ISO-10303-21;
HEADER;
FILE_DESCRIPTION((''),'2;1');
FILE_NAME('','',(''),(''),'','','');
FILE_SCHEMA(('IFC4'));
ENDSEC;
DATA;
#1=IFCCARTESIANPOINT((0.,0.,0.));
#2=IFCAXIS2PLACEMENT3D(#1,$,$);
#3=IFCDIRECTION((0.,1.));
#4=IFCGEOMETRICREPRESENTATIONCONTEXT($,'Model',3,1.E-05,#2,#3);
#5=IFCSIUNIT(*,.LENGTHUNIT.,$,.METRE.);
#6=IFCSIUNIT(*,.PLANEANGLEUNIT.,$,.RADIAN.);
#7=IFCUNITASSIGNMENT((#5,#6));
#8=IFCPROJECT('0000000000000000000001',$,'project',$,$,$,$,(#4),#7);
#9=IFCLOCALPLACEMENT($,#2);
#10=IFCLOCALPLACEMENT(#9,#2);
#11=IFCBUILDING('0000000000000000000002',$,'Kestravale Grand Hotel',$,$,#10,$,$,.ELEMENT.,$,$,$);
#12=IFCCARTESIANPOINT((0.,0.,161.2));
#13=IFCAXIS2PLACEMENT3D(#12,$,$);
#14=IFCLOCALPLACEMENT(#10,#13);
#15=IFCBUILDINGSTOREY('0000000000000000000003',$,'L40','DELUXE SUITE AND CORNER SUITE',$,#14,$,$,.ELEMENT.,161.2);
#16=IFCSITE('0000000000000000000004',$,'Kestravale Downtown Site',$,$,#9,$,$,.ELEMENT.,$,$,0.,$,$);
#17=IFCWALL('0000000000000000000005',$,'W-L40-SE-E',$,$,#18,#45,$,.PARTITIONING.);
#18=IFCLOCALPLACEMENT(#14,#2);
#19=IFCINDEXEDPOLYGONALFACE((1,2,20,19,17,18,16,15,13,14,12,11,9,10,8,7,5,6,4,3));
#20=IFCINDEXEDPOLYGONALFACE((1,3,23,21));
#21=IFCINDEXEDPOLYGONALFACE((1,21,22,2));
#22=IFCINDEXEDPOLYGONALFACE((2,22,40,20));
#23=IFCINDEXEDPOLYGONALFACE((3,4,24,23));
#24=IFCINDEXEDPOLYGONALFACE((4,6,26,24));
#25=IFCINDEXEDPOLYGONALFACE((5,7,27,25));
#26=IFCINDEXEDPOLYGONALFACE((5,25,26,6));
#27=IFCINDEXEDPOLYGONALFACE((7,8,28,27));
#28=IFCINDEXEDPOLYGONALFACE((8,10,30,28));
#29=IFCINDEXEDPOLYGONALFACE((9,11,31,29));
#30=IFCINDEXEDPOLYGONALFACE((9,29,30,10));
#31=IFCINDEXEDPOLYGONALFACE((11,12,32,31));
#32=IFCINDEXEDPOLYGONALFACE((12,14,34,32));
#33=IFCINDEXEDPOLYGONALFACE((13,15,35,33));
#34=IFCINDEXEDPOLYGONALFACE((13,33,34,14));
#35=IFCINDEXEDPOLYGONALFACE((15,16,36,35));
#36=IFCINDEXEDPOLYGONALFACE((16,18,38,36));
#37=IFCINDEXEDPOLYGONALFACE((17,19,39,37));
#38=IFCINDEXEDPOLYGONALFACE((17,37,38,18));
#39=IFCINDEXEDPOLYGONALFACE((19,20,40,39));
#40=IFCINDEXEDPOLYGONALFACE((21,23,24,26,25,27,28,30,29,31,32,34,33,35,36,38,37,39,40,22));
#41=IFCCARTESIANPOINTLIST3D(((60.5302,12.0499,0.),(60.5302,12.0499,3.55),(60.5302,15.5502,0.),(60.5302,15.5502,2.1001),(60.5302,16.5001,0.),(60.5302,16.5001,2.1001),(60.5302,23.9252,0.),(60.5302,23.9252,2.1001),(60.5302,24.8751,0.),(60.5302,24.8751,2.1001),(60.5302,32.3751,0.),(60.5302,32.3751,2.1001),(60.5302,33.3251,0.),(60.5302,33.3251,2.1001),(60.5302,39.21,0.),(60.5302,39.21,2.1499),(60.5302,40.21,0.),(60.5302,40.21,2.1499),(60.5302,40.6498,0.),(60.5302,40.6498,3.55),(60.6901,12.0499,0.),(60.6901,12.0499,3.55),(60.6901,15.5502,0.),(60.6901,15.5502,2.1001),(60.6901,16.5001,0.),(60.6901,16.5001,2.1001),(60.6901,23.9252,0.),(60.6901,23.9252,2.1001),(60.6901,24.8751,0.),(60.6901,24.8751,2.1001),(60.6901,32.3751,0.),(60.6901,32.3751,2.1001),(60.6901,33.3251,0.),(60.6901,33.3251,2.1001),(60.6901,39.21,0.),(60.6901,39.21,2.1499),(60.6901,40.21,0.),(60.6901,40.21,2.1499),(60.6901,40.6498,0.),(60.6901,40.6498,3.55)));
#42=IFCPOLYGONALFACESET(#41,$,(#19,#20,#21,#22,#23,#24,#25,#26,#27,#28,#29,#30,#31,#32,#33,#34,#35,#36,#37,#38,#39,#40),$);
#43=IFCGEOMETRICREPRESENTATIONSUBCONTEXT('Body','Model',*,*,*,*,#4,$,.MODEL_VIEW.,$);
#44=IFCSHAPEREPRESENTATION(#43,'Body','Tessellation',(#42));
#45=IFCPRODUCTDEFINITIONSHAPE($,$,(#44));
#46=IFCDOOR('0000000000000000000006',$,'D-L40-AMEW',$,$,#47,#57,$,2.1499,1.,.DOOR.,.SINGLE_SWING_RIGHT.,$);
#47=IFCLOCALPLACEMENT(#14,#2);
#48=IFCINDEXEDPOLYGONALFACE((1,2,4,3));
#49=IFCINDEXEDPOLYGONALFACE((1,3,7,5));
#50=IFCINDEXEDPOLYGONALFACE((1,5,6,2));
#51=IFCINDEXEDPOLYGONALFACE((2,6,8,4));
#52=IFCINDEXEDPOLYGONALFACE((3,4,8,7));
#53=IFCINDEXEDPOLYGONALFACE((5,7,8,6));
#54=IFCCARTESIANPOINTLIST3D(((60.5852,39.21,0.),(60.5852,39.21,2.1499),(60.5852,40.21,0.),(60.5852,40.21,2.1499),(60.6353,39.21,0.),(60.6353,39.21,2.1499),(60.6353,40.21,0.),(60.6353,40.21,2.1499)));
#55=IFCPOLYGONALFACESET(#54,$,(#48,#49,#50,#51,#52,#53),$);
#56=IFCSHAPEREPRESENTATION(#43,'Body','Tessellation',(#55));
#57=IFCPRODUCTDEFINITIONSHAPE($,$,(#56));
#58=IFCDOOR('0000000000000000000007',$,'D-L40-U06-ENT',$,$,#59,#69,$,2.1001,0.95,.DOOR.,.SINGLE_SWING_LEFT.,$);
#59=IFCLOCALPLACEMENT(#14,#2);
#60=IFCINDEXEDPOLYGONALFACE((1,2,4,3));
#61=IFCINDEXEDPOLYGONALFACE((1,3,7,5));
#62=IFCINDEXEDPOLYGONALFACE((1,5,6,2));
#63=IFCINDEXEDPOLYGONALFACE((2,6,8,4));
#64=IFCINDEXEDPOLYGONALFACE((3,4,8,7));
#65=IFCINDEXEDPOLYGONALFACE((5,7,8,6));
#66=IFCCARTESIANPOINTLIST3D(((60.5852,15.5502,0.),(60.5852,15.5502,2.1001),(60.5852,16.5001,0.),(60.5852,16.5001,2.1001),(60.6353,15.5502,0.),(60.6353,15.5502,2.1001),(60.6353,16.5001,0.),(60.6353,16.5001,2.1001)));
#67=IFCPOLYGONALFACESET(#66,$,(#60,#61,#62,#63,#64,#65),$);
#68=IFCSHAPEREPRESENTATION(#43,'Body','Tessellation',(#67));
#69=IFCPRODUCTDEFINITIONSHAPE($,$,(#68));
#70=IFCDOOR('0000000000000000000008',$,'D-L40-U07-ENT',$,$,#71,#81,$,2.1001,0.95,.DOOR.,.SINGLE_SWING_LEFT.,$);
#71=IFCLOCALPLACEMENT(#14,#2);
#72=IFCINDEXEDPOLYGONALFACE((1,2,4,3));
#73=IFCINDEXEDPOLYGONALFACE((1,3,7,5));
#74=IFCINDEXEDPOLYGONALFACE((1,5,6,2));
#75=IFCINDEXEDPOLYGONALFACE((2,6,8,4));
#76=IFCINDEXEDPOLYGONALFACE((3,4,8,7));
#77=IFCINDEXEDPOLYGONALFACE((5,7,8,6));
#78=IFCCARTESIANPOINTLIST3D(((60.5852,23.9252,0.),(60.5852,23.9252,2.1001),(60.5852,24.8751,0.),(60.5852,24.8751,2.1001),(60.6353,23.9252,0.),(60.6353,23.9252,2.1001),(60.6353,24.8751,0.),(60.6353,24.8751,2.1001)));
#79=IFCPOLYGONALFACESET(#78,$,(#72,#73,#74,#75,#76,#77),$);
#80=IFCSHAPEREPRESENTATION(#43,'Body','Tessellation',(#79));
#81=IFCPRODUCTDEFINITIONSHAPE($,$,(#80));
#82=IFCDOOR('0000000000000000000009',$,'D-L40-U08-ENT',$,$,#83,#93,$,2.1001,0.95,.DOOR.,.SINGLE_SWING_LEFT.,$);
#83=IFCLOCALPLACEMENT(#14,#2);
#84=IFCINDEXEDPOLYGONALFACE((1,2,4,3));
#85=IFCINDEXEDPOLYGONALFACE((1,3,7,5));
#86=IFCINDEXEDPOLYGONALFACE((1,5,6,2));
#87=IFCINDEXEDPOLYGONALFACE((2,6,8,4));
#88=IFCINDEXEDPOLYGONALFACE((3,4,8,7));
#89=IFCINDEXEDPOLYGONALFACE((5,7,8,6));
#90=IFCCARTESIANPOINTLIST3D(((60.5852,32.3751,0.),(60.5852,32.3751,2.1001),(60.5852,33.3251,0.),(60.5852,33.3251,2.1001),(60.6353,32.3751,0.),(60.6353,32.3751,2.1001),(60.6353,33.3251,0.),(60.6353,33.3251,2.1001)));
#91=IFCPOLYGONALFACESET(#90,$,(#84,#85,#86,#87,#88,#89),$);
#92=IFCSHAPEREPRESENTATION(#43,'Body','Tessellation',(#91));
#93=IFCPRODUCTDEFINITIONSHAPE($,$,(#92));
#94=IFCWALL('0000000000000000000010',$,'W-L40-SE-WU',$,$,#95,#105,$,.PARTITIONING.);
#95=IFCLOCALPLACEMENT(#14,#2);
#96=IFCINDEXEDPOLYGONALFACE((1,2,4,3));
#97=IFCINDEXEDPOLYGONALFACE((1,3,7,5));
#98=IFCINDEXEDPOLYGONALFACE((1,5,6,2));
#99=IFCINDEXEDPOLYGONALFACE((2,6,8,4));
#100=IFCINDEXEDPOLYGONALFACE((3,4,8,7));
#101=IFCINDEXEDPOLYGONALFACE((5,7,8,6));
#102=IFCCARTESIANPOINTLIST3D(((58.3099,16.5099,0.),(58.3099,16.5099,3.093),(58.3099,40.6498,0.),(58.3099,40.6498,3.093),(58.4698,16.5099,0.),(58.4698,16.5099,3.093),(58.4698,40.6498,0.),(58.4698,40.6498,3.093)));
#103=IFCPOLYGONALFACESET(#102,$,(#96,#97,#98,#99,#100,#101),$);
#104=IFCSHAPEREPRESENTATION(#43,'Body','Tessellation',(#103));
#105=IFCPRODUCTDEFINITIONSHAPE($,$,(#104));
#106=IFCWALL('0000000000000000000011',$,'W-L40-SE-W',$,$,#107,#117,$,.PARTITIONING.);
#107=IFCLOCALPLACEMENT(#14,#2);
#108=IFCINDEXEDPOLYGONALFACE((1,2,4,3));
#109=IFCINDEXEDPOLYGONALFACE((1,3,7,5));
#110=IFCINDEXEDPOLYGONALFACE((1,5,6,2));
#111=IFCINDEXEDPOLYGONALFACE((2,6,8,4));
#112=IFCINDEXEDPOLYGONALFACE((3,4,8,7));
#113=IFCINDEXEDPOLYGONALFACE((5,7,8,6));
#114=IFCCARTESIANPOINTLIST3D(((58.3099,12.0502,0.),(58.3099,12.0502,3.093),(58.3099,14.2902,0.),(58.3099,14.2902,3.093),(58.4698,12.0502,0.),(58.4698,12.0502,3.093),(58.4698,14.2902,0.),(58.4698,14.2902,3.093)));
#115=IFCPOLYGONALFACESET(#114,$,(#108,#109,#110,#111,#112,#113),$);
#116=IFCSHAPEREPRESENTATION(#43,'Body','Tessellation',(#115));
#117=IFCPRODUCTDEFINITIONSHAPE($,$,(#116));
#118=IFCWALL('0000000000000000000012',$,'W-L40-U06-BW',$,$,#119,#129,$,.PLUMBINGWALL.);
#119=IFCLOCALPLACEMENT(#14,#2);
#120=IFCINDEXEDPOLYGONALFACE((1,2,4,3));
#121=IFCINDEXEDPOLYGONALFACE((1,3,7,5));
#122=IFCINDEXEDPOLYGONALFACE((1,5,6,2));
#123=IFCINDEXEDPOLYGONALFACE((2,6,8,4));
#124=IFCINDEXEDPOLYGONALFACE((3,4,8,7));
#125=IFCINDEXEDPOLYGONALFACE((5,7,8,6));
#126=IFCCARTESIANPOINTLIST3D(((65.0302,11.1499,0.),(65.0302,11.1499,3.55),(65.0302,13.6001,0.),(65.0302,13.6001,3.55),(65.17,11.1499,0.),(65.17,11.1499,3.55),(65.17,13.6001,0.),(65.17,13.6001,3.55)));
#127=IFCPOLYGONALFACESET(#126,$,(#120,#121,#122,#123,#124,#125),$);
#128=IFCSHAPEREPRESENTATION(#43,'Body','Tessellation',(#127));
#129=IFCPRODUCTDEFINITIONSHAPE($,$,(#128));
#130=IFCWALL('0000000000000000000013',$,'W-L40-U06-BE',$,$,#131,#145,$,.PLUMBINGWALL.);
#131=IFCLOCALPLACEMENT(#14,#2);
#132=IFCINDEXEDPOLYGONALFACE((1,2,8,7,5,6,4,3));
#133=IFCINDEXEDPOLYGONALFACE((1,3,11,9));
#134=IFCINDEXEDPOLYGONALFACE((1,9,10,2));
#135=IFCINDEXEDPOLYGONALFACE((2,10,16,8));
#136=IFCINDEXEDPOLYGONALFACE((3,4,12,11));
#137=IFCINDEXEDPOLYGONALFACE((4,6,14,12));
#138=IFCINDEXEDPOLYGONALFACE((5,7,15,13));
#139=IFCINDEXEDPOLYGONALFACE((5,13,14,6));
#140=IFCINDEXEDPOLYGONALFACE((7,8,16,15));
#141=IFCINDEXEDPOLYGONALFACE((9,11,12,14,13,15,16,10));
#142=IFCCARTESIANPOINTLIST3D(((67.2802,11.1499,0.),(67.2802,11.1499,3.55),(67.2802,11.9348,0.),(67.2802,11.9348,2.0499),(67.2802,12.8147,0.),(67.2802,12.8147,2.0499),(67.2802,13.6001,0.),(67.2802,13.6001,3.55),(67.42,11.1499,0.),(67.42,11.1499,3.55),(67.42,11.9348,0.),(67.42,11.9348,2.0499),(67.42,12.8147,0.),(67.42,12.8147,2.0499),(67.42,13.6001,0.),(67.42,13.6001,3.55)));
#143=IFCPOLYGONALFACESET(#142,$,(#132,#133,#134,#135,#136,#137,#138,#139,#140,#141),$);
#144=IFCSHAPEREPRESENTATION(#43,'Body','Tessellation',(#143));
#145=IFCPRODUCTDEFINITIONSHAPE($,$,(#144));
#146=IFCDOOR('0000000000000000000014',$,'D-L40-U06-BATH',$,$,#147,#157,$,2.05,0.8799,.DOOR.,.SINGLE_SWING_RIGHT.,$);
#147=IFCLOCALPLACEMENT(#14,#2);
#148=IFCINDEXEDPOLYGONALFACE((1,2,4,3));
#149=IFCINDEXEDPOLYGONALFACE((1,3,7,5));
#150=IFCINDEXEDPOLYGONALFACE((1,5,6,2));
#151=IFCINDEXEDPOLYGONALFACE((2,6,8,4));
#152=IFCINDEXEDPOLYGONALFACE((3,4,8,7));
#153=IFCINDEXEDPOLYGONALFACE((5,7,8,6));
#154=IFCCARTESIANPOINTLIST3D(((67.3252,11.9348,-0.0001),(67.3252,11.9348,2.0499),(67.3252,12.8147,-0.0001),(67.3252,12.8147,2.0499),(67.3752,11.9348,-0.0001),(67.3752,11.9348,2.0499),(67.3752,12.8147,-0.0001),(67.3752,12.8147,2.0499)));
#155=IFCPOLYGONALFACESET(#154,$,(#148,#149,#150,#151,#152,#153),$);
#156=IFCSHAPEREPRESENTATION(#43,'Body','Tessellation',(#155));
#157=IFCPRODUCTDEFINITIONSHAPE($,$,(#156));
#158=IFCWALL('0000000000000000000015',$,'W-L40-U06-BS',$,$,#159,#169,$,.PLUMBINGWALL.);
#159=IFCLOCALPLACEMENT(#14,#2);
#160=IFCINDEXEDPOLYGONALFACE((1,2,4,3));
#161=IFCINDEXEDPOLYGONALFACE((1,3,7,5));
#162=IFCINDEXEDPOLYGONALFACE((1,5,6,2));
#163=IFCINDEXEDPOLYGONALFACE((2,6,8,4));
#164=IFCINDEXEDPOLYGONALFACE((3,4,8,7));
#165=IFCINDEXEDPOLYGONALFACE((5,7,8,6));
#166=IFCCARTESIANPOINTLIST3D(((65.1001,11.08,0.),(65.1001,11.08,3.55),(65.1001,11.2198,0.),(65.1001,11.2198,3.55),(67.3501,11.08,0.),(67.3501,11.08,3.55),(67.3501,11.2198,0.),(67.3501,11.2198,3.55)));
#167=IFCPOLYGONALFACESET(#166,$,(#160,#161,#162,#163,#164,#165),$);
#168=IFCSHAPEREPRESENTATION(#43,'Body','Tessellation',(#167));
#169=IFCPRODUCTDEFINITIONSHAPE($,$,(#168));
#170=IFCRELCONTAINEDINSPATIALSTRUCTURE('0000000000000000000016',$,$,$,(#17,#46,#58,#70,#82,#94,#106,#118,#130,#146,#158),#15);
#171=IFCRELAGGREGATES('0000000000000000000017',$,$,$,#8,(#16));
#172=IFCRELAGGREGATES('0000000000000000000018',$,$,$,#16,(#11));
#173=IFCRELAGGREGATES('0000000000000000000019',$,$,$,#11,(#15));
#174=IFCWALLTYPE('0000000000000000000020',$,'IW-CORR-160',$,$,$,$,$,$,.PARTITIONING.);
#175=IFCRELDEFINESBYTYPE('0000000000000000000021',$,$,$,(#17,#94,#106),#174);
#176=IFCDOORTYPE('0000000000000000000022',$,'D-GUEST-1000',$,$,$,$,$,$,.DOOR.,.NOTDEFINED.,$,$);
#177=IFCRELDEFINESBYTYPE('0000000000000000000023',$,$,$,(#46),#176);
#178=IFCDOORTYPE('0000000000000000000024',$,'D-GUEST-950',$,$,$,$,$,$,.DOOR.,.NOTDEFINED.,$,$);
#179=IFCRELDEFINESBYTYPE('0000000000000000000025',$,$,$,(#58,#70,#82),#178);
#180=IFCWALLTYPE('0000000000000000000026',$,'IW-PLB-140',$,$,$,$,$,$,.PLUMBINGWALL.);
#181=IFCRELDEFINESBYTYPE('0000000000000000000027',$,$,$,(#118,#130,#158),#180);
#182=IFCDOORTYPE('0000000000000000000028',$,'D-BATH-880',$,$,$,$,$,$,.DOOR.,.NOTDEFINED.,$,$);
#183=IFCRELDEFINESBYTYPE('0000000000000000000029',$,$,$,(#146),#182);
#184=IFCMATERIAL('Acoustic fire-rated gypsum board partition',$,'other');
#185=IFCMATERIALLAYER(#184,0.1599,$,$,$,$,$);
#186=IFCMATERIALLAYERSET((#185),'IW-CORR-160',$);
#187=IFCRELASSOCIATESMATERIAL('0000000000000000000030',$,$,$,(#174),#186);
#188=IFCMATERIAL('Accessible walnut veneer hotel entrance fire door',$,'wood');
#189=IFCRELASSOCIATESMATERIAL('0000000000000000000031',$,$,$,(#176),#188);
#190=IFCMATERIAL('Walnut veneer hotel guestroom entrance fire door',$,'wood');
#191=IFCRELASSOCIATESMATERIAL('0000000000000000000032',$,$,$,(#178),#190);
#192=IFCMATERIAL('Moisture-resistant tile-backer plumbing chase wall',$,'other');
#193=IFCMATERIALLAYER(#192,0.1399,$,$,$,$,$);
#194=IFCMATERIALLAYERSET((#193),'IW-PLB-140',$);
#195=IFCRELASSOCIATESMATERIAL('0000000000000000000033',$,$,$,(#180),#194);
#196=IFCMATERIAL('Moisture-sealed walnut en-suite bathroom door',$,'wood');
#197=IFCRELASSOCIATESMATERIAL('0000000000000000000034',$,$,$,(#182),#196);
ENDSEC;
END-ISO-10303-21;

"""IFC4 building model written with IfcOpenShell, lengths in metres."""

from ifc_helpers import new_model, si_unit, direction, frame, frame_2d, origin, place, context, subcontext, project, spatial, rectangle, extrude, material, layer, layer_set, type_object, element, fill, save


model = new_model("IFC4")

# Units and contexts
model_context = context("Model", 3, precision=1e-05, world=origin(), true_north=direction((0.0, 1.0)))
body_context = subcontext(model_context, "Body", "Model", "MODEL_VIEW")
ifc_project = project(units=[si_unit("LENGTHUNIT", "METRE"), si_unit("PLANEANGLEUNIT", "RADIAN")], contexts=[model_context])

# Site, building, storey
site_placement = place(None, origin())
site = spatial("IfcSite", under=ifc_project, at=site_placement, Name="Kestravale Downtown Site", CompositionType="ELEMENT", RefElevation=0.0)
building_placement = place(site_placement, origin())
building = spatial("IfcBuilding", under=site, at=building_placement, Name="Kestravale Grand Hotel", CompositionType="ELEMENT")
storey_placement = place(building_placement, frame((0.0, 0.0, 161.2)))
storey = spatial("IfcBuildingStorey", under=building, at=storey_placement, Name="L40", Description="DELUXE SUITE AND CORNER SUITE", CompositionType="ELEMENT", Elevation=161.2)

# Wall, openings, doors
ifc_material_1 = material(Name="Acoustic fire-rated gypsum board partition", Category="other")
ifc_layer_1 = layer(ifc_material_1, 0.1599)
ifc_layer_set_1 = layer_set([ifc_layer_1], Name="IW-CORR-160")
wall_type_1 = type_object("IfcWallType", Name="IW-CORR-160", PredefinedType="PARTITIONING", material=ifc_layer_set_1)
wall_1_placement = place(storey_placement, frame((60.6101, 12.05, 0.0), z_axis=(0.0, 0.0, 1.0), x_axis=(0.0, 1.0, 0.0)))
wall_1 = element("IfcWall", 1, at=wall_1_placement, inside=storey, type_object=wall_type_1, Name="W-L40-SE-E", PredefinedType="PARTITIONING", context=body_context, shape_type="SweptSolid", body=[
    extrude(rectangle(XDim=28.5999, YDim=0.1599, at=frame_2d((14.2998, 0.0))), origin(), (0.0, 0.0, 1.0), 3.55),
])
opening_1_placement = place(wall_1_placement, frame((3.5, 0.0, 0.0)))
opening_1 = element("IfcOpeningElement", 2, at=opening_1_placement, cuts=wall_1, PredefinedType="OPENING", context=body_context, shape_type="SweptSolid", body=[
    extrude(rectangle(XDim=0.95, YDim=2.1001, at=frame_2d((0.4751, 1.05))), frame((0.0, 0.0898, 0.0), z_axis=(0.0, -1.0, 0.0), x_axis=(1.0, 0.0, 0.0)), (0.0, 0.0, 1.0), 0.1799),
])
opening_2_placement = place(wall_1_placement, frame((11.875, 0.0, 0.0)))
opening_2 = element("IfcOpeningElement", 3, at=opening_2_placement, cuts=wall_1, PredefinedType="OPENING", context=body_context, shape_type="SweptSolid", body=[
    extrude(rectangle(XDim=0.95, YDim=2.1001, at=frame_2d((0.4751, 1.05))), frame((0.0, 0.0898, 0.0), z_axis=(0.0, -1.0, 0.0), x_axis=(1.0, 0.0, 0.0)), (0.0, 0.0, 1.0), 0.1799),
])
opening_3_placement = place(wall_1_placement, frame((20.325, 0.0, 0.0)))
opening_3 = element("IfcOpeningElement", 4, at=opening_3_placement, cuts=wall_1, PredefinedType="OPENING", context=body_context, shape_type="SweptSolid", body=[
    extrude(rectangle(XDim=0.95, YDim=2.1001, at=frame_2d((0.4751, 1.05))), frame((0.0, 0.0898, 0.0), z_axis=(0.0, -1.0, 0.0), x_axis=(1.0, 0.0, 0.0)), (0.0, 0.0, 1.0), 0.1799),
])
opening_4_placement = place(wall_1_placement, frame((27.1599, 0.0, 0.0)))
opening_4 = element("IfcOpeningElement", 5, at=opening_4_placement, cuts=wall_1, PredefinedType="OPENING", context=body_context, shape_type="SweptSolid", body=[
    extrude(rectangle(XDim=1.0, YDim=2.1499, at=frame_2d((0.5, 1.075))), frame((0.0, 0.0898, 0.0), z_axis=(0.0, -1.0, 0.0), x_axis=(1.0, 0.0, 0.0)), (0.0, 0.0, 1.0), 0.1799),
])
ifc_material_2 = material(Name="Accessible walnut veneer hotel entrance fire door", Category="wood")
door_type_1 = type_object("IfcDoorType", Name="D-GUEST-1000", OperationType="NOTDEFINED", PredefinedType="DOOR", material=ifc_material_2)
door_1_placement = place(opening_4_placement, origin())
door_1 = element("IfcDoor", 6, at=door_1_placement, inside=storey, type_object=door_type_1, Name="D-L40-AMEW", OperationType="SINGLE_SWING_RIGHT", OverallHeight=2.1499, OverallWidth=1.0, PredefinedType="DOOR", context=body_context, shape_type="SweptSolid", body=[
    extrude(rectangle(XDim=1.0, YDim=2.1499, at=frame_2d((0.5, 1.075))), frame((0.0, 0.0249, 0.0), z_axis=(0.0, -1.0, 0.0), x_axis=(1.0, 0.0, 0.0)), (0.0, 0.0, 1.0), 0.05),
])
fill(opening_4, door_1)
ifc_material_3 = material(Name="Walnut veneer hotel guestroom entrance fire door", Category="wood")
door_type_2 = type_object("IfcDoorType", Name="D-GUEST-950", OperationType="NOTDEFINED", PredefinedType="DOOR", material=ifc_material_3)
door_2_placement = place(opening_1_placement, origin())
door_2 = element("IfcDoor", 7, at=door_2_placement, inside=storey, type_object=door_type_2, Name="D-L40-U06-ENT", OperationType="SINGLE_SWING_LEFT", OverallHeight=2.1001, OverallWidth=0.95, PredefinedType="DOOR", context=body_context, shape_type="SweptSolid", body=[
    extrude(rectangle(XDim=0.95, YDim=2.1001, at=frame_2d((0.4751, 1.05))), frame((0.0, 0.0249, 0.0), z_axis=(0.0, -1.0, 0.0), x_axis=(1.0, 0.0, 0.0)), (0.0, 0.0, 1.0), 0.05),
])
fill(opening_1, door_2)
door_3_placement = place(opening_2_placement, origin())
door_3 = element("IfcDoor", 8, at=door_3_placement, inside=storey, type_object=door_type_2, Name="D-L40-U07-ENT", OperationType="SINGLE_SWING_LEFT", OverallHeight=2.1001, OverallWidth=0.95, PredefinedType="DOOR", context=body_context, shape_type="SweptSolid", body=[
    extrude(rectangle(XDim=0.95, YDim=2.1001, at=frame_2d((0.4751, 1.05))), frame((0.0, 0.0249, 0.0), z_axis=(0.0, -1.0, 0.0), x_axis=(1.0, 0.0, 0.0)), (0.0, 0.0, 1.0), 0.05),
])
fill(opening_2, door_3)
door_4_placement = place(opening_3_placement, origin())
door_4 = element("IfcDoor", 9, at=door_4_placement, inside=storey, type_object=door_type_2, Name="D-L40-U08-ENT", OperationType="SINGLE_SWING_LEFT", OverallHeight=2.1001, OverallWidth=0.95, PredefinedType="DOOR", context=body_context, shape_type="SweptSolid", body=[
    extrude(rectangle(XDim=0.95, YDim=2.1001, at=frame_2d((0.4751, 1.05))), frame((0.0, 0.0249, 0.0), z_axis=(0.0, -1.0, 0.0), x_axis=(1.0, 0.0, 0.0)), (0.0, 0.0, 1.0), 0.05),
])
fill(opening_3, door_4)

# Walls
wall_2_placement = place(storey_placement, frame((58.3899, 16.51, 0.0), z_axis=(0.0, 0.0, 1.0), x_axis=(0.0, 1.0, 0.0)))
element("IfcWall", 10, at=wall_2_placement, inside=storey, type_object=wall_type_1, Name="W-L40-SE-WU", PredefinedType="PARTITIONING", context=body_context, shape_type="SweptSolid", body=[
    extrude(rectangle(XDim=24.1399, YDim=0.1599, at=frame_2d((12.0698, 0.0))), origin(), (0.0, 0.0, 1.0), 3.093),
])
wall_3_placement = place(storey_placement, frame((58.3899, 12.05, 0.0), z_axis=(0.0, 0.0, 1.0), x_axis=(0.0, 1.0, 0.0)))
element("IfcWall", 11, at=wall_3_placement, inside=storey, type_object=wall_type_1, Name="W-L40-SE-W", PredefinedType="PARTITIONING", context=body_context, shape_type="SweptSolid", body=[
    extrude(rectangle(XDim=2.24, YDim=0.1599, at=frame_2d((1.1201, 0.0))), origin(), (0.0, 0.0, 1.0), 3.093),
])
ifc_material_4 = material(Name="Moisture-resistant tile-backer plumbing chase wall", Category="other")
ifc_layer_2 = layer(ifc_material_4, 0.1399)
ifc_layer_set_2 = layer_set([ifc_layer_2], Name="IW-PLB-140")
wall_type_2 = type_object("IfcWallType", Name="IW-PLB-140", PredefinedType="PLUMBINGWALL", material=ifc_layer_set_2)
wall_4_placement = place(storey_placement, frame((65.1001, 11.1499, 0.0), z_axis=(0.0, 0.0, 1.0), x_axis=(0.0, 1.0, 0.0)))
element("IfcWall", 12, at=wall_4_placement, inside=storey, type_object=wall_type_2, Name="W-L40-U06-BW", PredefinedType="PLUMBINGWALL", context=body_context, shape_type="SweptSolid", body=[
    extrude(rectangle(XDim=2.4502, YDim=0.1399, at=frame_2d((1.2251, 0.0))), origin(), (0.0, 0.0, 1.0), 3.55),
])

# Wall, opening, door
wall_5_placement = place(storey_placement, frame((67.3501, 11.1499, 0.0), z_axis=(0.0, 0.0, 1.0), x_axis=(0.0, 1.0, 0.0)))
wall_5 = element("IfcWall", 13, at=wall_5_placement, inside=storey, type_object=wall_type_2, Name="W-L40-U06-BE", PredefinedType="PLUMBINGWALL", context=body_context, shape_type="SweptSolid", body=[
    extrude(rectangle(XDim=2.4502, YDim=0.1399, at=frame_2d((1.2251, 0.0))), origin(), (0.0, 0.0, 1.0), 3.55),
])
opening_5_placement = place(wall_5_placement, frame((0.7849, 0.0, 0.0)))
opening_5 = element("IfcOpeningElement", 14, at=opening_5_placement, cuts=wall_5, PredefinedType="OPENING", context=body_context, shape_type="SweptSolid", body=[
    extrude(rectangle(XDim=0.8799, YDim=2.05, at=frame_2d((0.4399, 1.0249))), frame((0.0, 0.0798, 0.0), z_axis=(0.0, -1.0, 0.0), x_axis=(1.0, 0.0, 0.0)), (0.0, 0.0, 1.0), 0.1599),
])
ifc_material_5 = material(Name="Moisture-sealed walnut en-suite bathroom door", Category="wood")
door_type_3 = type_object("IfcDoorType", Name="D-BATH-880", OperationType="NOTDEFINED", PredefinedType="DOOR", material=ifc_material_5)
door_5_placement = place(opening_5_placement, origin())
door_5 = element("IfcDoor", 15, at=door_5_placement, inside=storey, type_object=door_type_3, Name="D-L40-U06-BATH", OperationType="SINGLE_SWING_RIGHT", OverallHeight=2.05, OverallWidth=0.8799, PredefinedType="DOOR", context=body_context, shape_type="SweptSolid", body=[
    extrude(rectangle(XDim=0.8799, YDim=2.05, at=frame_2d((0.4399, 1.0249))), frame((0.0, 0.0249, 0.0), z_axis=(0.0, -1.0, 0.0), x_axis=(1.0, 0.0, 0.0)), (0.0, 0.0, 1.0), 0.05),
])
fill(opening_5, door_5)

# Wall
for number, where, z_axis, x_axis, name in (
    (16, (65.1001, 11.1499, 0.0), (0.0, 0.0, 1.0), (1.0, 0.0, 0.0), "W-L40-U06-BS"),
):
    element("IfcWall", number, at=place(storey_placement, frame(where, z_axis=z_axis, x_axis=x_axis)), inside=storey, type_object=wall_type_2, Name=name, PredefinedType="PLUMBINGWALL", context=body_context, shape_type="SweptSolid", body=[
        extrude(rectangle(XDim=2.25, YDim=0.1399, at=frame_2d((1.125, 0.0))), origin(), (0.0, 0.0, 1.0), 3.55),
    ])

save(model, "model.ifc")
